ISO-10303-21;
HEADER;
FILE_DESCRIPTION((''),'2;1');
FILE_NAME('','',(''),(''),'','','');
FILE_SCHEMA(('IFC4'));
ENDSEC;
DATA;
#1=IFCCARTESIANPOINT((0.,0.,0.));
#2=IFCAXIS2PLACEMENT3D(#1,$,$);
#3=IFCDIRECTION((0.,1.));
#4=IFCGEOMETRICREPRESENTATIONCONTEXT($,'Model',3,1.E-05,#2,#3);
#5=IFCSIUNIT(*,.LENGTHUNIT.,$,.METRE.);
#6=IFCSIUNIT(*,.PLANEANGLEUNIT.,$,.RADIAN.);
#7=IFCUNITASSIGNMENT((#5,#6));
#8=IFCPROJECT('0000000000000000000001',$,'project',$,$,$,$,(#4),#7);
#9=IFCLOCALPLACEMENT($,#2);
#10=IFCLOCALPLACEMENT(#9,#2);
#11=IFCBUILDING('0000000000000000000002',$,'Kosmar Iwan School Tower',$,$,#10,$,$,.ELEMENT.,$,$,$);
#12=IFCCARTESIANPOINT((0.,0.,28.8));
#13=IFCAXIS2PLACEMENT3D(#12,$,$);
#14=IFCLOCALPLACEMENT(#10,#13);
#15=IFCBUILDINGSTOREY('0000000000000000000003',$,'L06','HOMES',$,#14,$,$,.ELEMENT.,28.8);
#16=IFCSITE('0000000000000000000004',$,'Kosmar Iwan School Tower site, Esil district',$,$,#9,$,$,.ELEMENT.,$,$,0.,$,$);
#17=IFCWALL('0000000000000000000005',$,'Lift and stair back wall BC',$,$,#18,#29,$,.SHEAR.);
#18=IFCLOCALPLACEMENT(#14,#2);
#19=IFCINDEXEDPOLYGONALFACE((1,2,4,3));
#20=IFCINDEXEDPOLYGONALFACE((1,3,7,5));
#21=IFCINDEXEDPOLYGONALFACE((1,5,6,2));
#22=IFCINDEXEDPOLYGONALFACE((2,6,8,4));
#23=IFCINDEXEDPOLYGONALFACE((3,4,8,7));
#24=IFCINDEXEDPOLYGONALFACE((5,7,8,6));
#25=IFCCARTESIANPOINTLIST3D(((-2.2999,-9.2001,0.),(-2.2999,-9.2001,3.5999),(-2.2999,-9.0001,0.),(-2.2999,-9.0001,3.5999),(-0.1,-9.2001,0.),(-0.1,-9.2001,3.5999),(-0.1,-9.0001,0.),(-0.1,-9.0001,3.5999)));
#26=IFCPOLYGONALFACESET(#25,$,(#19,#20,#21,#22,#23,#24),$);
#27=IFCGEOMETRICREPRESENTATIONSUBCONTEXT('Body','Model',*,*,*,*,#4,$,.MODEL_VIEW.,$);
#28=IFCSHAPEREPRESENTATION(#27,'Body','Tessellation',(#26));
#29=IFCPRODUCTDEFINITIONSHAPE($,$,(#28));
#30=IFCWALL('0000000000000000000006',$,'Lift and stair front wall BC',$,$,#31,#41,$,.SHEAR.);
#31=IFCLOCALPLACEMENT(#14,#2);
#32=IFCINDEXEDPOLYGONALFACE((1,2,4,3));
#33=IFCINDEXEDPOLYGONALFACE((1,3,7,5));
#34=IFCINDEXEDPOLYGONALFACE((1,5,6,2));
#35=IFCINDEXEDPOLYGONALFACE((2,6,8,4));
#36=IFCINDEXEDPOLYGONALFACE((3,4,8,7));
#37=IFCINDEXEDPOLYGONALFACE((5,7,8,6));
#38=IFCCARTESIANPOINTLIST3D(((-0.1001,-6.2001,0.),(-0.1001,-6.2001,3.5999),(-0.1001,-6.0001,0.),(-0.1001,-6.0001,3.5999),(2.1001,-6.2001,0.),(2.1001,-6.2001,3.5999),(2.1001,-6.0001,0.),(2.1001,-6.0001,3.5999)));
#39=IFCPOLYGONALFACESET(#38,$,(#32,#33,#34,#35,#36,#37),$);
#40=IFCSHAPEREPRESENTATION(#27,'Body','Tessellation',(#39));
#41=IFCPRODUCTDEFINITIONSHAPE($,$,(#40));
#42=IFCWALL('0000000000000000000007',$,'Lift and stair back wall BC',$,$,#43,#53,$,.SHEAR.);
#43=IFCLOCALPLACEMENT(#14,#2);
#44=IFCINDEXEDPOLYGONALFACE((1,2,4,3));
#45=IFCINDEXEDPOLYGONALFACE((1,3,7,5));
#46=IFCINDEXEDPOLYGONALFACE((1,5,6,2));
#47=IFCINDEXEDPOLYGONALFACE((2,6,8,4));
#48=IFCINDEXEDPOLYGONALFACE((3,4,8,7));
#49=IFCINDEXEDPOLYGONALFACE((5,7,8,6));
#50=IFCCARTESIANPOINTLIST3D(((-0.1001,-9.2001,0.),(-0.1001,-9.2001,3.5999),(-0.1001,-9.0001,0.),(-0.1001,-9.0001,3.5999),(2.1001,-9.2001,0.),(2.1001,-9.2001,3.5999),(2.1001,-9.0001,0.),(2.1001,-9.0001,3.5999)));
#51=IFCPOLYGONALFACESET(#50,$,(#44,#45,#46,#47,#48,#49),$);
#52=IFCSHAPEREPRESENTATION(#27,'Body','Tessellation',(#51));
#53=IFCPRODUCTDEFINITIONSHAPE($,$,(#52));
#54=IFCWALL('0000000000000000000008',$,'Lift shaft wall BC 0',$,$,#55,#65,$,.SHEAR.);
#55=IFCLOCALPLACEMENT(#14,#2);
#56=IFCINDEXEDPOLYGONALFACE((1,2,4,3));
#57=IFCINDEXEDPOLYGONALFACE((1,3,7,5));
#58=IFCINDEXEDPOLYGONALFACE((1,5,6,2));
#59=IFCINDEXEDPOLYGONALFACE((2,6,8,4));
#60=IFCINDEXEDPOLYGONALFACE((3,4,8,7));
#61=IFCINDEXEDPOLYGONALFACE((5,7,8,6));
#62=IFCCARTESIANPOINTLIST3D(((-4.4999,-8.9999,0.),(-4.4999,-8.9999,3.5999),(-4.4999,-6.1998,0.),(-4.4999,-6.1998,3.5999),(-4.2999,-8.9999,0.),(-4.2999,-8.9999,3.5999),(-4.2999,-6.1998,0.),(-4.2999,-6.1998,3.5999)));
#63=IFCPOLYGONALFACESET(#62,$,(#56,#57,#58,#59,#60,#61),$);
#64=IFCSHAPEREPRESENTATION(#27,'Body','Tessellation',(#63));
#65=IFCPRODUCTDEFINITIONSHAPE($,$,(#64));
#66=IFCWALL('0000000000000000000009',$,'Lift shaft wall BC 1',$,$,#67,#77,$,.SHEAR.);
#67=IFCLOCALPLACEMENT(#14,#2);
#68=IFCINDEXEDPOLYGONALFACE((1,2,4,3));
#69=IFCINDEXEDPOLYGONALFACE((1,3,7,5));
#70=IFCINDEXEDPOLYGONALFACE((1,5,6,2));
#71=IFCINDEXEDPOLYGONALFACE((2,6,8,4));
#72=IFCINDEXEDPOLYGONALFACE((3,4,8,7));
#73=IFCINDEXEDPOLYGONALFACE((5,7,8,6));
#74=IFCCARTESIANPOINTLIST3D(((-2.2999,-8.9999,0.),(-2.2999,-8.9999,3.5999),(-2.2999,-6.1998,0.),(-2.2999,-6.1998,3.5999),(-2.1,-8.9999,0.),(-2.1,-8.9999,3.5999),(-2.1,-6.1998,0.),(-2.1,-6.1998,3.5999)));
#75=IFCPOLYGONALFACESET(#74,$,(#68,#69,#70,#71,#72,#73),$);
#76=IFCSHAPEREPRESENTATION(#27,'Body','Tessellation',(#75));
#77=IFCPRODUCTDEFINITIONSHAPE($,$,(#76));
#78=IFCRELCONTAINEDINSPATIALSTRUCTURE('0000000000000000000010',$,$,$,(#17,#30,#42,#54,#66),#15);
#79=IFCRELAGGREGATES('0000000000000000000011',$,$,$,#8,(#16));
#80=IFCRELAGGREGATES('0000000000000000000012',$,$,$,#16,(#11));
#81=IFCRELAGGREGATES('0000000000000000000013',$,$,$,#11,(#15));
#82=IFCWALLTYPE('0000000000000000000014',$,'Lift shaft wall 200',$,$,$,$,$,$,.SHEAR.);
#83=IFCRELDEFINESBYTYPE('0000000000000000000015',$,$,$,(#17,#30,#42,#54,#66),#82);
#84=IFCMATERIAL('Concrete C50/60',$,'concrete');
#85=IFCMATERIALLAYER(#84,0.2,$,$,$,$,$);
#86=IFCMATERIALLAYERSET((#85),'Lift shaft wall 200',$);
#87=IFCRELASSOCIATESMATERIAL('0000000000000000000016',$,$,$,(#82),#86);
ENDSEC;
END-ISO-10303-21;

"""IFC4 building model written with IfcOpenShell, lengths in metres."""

from ifc_helpers import new_model, si_unit, direction, frame, frame_2d, origin, place, context, subcontext, project, spatial, rectangle, extrude, material, layer, layer_set, type_object, element, save


model = new_model("IFC4")

# Units and contexts
model_context = context("Model", 3, precision=1e-05, world=origin(), true_north=direction((0.0, 1.0)))
body_context = subcontext(model_context, "Body", "Model", "MODEL_VIEW")
ifc_project = project(units=[si_unit("LENGTHUNIT", "METRE"), si_unit("PLANEANGLEUNIT", "RADIAN")], contexts=[model_context])

# Site, building, storey
site_placement = place(None, origin())
site = spatial("IfcSite", under=ifc_project, at=site_placement, Name="Kosmar Iwan School Tower site, Esil district", CompositionType="ELEMENT", RefElevation=0.0)
building_placement = place(site_placement, origin())
building = spatial("IfcBuilding", under=site, at=building_placement, Name="Kosmar Iwan School Tower", CompositionType="ELEMENT")
storey_placement = place(building_placement, frame((0.0, 0.0, 28.8)))
storey = spatial("IfcBuildingStorey", under=building, at=storey_placement, Name="L06", Description="HOMES", CompositionType="ELEMENT", Elevation=28.8)

# Walls
ifc_material_1 = material(Name="Concrete C50/60", Category="concrete")
ifc_layer_1 = layer(ifc_material_1, 0.2)
ifc_layer_set_1 = layer_set([ifc_layer_1], Name="Lift shaft wall 200")
wall_type_1 = type_object("IfcWallType", Name="Lift shaft wall 200", PredefinedType="SHEAR", material=ifc_layer_set_1)
for number, where, z_axis, x_axis, name in (
    (1, (-2.3, -9.1001, 0.0), (0.0, 0.0, 1.0), (1.0, 0.0, 0.0), "Lift and stair back wall BC"),
):
    element("IfcWall", number, at=place(storey_placement, frame(where, z_axis=z_axis, x_axis=x_axis)), inside=storey, type_object=wall_type_1, Name=name, PredefinedType="SHEAR", context=body_context, shape_type="SweptSolid", body=[
        extrude(rectangle(XDim=2.2, YDim=0.2, at=frame_2d((1.1001, 0.0))), origin(), (0.0, 0.0, 1.0), 3.5999),
    ])
for number, where, z_axis, x_axis, name in (
    (2, (-0.1001, -6.1001, 0.0), (0.0, 0.0, 1.0), (1.0, 0.0, 0.0), "Lift and stair front wall BC"),
    (3, (-0.1001, -9.1001, 0.0), (0.0, 0.0, 1.0), (1.0, 0.0, 0.0), "Lift and stair back wall BC"),
):
    element("IfcWall", number, at=place(storey_placement, frame(where, z_axis=z_axis, x_axis=x_axis)), inside=storey, type_object=wall_type_1, Name=name, PredefinedType="SHEAR", context=body_context, shape_type="SweptSolid", body=[
        extrude(rectangle(XDim=2.2002, YDim=0.2, at=frame_2d((1.1001, 0.0))), origin(), (0.0, 0.0, 1.0), 3.5999),
    ])
for number, where, z_axis, x_axis, name in (
    (4, (-4.3999, -6.2, 0.0), (0.0, 0.0, 1.0), (0.0, -1.0, 0.0), "Lift shaft wall BC 0"),
    (5, (-2.2, -6.2, 0.0), (0.0, 0.0, 1.0), (0.0, -1.0, 0.0), "Lift shaft wall BC 1"),
):
    element("IfcWall", number, at=place(storey_placement, frame(where, z_axis=z_axis, x_axis=x_axis)), inside=storey, type_object=wall_type_1, Name=name, PredefinedType="SHEAR", context=body_context, shape_type="SweptSolid", body=[
        extrude(rectangle(XDim=2.8, YDim=0.2, at=frame_2d((1.3999, 0.0))), origin(), (0.0, 0.0, 1.0), 3.5999),
    ])

save(model, "model.ifc")
